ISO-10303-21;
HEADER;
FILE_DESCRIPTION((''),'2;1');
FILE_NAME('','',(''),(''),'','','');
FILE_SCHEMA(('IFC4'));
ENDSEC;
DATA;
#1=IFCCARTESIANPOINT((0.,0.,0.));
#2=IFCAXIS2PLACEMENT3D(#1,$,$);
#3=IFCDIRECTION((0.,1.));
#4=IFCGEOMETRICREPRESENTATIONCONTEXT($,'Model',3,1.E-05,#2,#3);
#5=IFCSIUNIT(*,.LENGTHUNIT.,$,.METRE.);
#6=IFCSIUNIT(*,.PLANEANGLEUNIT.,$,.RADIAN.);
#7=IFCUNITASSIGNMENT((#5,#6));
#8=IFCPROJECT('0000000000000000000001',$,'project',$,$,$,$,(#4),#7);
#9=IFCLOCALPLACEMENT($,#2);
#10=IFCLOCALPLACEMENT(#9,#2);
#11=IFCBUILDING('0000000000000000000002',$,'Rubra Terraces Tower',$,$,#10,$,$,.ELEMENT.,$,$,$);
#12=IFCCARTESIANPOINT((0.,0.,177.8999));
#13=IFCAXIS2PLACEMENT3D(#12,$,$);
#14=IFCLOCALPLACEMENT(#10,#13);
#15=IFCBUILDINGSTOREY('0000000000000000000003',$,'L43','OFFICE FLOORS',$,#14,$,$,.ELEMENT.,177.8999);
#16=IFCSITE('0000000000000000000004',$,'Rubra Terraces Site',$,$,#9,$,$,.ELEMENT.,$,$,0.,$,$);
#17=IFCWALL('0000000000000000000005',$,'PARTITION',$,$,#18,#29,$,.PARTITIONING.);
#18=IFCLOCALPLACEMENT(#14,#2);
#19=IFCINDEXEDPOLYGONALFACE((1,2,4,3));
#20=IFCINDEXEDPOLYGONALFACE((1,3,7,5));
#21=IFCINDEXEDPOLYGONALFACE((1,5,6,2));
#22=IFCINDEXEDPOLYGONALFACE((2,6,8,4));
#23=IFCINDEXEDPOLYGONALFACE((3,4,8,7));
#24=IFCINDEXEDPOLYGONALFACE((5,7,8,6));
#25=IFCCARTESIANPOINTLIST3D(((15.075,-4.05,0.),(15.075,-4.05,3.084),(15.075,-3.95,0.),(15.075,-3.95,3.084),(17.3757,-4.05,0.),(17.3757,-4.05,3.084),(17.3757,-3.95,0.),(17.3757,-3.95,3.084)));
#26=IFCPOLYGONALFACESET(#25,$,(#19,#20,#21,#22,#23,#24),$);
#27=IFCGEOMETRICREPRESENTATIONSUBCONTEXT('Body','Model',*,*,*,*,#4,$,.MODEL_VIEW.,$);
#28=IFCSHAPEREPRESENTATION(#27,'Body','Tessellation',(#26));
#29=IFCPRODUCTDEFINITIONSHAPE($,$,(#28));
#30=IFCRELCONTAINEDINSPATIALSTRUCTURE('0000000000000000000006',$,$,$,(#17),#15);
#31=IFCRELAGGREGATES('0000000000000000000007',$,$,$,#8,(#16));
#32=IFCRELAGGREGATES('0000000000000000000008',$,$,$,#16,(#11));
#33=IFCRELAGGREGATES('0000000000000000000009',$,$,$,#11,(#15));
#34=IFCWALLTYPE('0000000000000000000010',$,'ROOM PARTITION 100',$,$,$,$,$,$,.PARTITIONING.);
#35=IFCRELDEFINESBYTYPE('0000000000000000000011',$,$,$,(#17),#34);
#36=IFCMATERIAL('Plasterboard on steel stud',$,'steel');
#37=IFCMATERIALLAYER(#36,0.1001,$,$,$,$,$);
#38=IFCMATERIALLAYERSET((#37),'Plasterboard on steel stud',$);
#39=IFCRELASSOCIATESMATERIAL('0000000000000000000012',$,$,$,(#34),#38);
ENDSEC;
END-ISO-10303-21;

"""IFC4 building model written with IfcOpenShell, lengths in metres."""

from ifc_helpers import new_model, si_unit, direction, frame, frame_2d, origin, place, context, subcontext, project, spatial, rectangle, extrude, material, layer, layer_set, type_object, element, save


model = new_model("IFC4")

# Units and contexts
model_context = context("Model", 3, precision=1e-05, world=origin(), true_north=direction((0.0, 1.0)))
body_context = subcontext(model_context, "Body", "Model", "MODEL_VIEW")
ifc_project = project(units=[si_unit("LENGTHUNIT", "METRE"), si_unit("PLANEANGLEUNIT", "RADIAN")], contexts=[model_context])

# Site, building, storey
site_placement = place(None, origin())
site = spatial("IfcSite", under=ifc_project, at=site_placement, Name="Rubra Terraces Site", CompositionType="ELEMENT", RefElevation=0.0)
building_placement = place(site_placement, origin())
building = spatial("IfcBuilding", under=site, at=building_placement, Name="Rubra Terraces Tower", CompositionType="ELEMENT")
storey_placement = place(building_placement, frame((0.0, 0.0, 177.8999)))
storey = spatial("IfcBuildingStorey", under=building, at=storey_placement, Name="L43", Description="OFFICE FLOORS", CompositionType="ELEMENT", Elevation=177.8999)

# Wall
ifc_material_1 = material(Name="Plasterboard on steel stud", Category="steel")
ifc_layer_1 = layer(ifc_material_1, 0.1001)
ifc_layer_set_1 = layer_set([ifc_layer_1], Name="Plasterboard on steel stud")
wall_type_1 = type_object("IfcWallType", Name="ROOM PARTITION 100", PredefinedType="PARTITIONING", material=ifc_layer_set_1)
wall_1_placement = place(storey_placement, frame((15.075, -4.0, 0.0), z_axis=(0.0, 0.0, 1.0), x_axis=(1.0, 0.0, 0.0)))
element("IfcWall", 1, at=wall_1_placement, inside=storey, type_object=wall_type_1, Name="PARTITION", PredefinedType="PARTITIONING", context=body_context, shape_type="SweptSolid", body=[
    extrude(rectangle(XDim=2.3008, YDim=0.1001, at=frame_2d((1.1504, 0.0))), origin(), (0.0, 0.0, 1.0), 3.084),
])

save(model, "model.ifc")
